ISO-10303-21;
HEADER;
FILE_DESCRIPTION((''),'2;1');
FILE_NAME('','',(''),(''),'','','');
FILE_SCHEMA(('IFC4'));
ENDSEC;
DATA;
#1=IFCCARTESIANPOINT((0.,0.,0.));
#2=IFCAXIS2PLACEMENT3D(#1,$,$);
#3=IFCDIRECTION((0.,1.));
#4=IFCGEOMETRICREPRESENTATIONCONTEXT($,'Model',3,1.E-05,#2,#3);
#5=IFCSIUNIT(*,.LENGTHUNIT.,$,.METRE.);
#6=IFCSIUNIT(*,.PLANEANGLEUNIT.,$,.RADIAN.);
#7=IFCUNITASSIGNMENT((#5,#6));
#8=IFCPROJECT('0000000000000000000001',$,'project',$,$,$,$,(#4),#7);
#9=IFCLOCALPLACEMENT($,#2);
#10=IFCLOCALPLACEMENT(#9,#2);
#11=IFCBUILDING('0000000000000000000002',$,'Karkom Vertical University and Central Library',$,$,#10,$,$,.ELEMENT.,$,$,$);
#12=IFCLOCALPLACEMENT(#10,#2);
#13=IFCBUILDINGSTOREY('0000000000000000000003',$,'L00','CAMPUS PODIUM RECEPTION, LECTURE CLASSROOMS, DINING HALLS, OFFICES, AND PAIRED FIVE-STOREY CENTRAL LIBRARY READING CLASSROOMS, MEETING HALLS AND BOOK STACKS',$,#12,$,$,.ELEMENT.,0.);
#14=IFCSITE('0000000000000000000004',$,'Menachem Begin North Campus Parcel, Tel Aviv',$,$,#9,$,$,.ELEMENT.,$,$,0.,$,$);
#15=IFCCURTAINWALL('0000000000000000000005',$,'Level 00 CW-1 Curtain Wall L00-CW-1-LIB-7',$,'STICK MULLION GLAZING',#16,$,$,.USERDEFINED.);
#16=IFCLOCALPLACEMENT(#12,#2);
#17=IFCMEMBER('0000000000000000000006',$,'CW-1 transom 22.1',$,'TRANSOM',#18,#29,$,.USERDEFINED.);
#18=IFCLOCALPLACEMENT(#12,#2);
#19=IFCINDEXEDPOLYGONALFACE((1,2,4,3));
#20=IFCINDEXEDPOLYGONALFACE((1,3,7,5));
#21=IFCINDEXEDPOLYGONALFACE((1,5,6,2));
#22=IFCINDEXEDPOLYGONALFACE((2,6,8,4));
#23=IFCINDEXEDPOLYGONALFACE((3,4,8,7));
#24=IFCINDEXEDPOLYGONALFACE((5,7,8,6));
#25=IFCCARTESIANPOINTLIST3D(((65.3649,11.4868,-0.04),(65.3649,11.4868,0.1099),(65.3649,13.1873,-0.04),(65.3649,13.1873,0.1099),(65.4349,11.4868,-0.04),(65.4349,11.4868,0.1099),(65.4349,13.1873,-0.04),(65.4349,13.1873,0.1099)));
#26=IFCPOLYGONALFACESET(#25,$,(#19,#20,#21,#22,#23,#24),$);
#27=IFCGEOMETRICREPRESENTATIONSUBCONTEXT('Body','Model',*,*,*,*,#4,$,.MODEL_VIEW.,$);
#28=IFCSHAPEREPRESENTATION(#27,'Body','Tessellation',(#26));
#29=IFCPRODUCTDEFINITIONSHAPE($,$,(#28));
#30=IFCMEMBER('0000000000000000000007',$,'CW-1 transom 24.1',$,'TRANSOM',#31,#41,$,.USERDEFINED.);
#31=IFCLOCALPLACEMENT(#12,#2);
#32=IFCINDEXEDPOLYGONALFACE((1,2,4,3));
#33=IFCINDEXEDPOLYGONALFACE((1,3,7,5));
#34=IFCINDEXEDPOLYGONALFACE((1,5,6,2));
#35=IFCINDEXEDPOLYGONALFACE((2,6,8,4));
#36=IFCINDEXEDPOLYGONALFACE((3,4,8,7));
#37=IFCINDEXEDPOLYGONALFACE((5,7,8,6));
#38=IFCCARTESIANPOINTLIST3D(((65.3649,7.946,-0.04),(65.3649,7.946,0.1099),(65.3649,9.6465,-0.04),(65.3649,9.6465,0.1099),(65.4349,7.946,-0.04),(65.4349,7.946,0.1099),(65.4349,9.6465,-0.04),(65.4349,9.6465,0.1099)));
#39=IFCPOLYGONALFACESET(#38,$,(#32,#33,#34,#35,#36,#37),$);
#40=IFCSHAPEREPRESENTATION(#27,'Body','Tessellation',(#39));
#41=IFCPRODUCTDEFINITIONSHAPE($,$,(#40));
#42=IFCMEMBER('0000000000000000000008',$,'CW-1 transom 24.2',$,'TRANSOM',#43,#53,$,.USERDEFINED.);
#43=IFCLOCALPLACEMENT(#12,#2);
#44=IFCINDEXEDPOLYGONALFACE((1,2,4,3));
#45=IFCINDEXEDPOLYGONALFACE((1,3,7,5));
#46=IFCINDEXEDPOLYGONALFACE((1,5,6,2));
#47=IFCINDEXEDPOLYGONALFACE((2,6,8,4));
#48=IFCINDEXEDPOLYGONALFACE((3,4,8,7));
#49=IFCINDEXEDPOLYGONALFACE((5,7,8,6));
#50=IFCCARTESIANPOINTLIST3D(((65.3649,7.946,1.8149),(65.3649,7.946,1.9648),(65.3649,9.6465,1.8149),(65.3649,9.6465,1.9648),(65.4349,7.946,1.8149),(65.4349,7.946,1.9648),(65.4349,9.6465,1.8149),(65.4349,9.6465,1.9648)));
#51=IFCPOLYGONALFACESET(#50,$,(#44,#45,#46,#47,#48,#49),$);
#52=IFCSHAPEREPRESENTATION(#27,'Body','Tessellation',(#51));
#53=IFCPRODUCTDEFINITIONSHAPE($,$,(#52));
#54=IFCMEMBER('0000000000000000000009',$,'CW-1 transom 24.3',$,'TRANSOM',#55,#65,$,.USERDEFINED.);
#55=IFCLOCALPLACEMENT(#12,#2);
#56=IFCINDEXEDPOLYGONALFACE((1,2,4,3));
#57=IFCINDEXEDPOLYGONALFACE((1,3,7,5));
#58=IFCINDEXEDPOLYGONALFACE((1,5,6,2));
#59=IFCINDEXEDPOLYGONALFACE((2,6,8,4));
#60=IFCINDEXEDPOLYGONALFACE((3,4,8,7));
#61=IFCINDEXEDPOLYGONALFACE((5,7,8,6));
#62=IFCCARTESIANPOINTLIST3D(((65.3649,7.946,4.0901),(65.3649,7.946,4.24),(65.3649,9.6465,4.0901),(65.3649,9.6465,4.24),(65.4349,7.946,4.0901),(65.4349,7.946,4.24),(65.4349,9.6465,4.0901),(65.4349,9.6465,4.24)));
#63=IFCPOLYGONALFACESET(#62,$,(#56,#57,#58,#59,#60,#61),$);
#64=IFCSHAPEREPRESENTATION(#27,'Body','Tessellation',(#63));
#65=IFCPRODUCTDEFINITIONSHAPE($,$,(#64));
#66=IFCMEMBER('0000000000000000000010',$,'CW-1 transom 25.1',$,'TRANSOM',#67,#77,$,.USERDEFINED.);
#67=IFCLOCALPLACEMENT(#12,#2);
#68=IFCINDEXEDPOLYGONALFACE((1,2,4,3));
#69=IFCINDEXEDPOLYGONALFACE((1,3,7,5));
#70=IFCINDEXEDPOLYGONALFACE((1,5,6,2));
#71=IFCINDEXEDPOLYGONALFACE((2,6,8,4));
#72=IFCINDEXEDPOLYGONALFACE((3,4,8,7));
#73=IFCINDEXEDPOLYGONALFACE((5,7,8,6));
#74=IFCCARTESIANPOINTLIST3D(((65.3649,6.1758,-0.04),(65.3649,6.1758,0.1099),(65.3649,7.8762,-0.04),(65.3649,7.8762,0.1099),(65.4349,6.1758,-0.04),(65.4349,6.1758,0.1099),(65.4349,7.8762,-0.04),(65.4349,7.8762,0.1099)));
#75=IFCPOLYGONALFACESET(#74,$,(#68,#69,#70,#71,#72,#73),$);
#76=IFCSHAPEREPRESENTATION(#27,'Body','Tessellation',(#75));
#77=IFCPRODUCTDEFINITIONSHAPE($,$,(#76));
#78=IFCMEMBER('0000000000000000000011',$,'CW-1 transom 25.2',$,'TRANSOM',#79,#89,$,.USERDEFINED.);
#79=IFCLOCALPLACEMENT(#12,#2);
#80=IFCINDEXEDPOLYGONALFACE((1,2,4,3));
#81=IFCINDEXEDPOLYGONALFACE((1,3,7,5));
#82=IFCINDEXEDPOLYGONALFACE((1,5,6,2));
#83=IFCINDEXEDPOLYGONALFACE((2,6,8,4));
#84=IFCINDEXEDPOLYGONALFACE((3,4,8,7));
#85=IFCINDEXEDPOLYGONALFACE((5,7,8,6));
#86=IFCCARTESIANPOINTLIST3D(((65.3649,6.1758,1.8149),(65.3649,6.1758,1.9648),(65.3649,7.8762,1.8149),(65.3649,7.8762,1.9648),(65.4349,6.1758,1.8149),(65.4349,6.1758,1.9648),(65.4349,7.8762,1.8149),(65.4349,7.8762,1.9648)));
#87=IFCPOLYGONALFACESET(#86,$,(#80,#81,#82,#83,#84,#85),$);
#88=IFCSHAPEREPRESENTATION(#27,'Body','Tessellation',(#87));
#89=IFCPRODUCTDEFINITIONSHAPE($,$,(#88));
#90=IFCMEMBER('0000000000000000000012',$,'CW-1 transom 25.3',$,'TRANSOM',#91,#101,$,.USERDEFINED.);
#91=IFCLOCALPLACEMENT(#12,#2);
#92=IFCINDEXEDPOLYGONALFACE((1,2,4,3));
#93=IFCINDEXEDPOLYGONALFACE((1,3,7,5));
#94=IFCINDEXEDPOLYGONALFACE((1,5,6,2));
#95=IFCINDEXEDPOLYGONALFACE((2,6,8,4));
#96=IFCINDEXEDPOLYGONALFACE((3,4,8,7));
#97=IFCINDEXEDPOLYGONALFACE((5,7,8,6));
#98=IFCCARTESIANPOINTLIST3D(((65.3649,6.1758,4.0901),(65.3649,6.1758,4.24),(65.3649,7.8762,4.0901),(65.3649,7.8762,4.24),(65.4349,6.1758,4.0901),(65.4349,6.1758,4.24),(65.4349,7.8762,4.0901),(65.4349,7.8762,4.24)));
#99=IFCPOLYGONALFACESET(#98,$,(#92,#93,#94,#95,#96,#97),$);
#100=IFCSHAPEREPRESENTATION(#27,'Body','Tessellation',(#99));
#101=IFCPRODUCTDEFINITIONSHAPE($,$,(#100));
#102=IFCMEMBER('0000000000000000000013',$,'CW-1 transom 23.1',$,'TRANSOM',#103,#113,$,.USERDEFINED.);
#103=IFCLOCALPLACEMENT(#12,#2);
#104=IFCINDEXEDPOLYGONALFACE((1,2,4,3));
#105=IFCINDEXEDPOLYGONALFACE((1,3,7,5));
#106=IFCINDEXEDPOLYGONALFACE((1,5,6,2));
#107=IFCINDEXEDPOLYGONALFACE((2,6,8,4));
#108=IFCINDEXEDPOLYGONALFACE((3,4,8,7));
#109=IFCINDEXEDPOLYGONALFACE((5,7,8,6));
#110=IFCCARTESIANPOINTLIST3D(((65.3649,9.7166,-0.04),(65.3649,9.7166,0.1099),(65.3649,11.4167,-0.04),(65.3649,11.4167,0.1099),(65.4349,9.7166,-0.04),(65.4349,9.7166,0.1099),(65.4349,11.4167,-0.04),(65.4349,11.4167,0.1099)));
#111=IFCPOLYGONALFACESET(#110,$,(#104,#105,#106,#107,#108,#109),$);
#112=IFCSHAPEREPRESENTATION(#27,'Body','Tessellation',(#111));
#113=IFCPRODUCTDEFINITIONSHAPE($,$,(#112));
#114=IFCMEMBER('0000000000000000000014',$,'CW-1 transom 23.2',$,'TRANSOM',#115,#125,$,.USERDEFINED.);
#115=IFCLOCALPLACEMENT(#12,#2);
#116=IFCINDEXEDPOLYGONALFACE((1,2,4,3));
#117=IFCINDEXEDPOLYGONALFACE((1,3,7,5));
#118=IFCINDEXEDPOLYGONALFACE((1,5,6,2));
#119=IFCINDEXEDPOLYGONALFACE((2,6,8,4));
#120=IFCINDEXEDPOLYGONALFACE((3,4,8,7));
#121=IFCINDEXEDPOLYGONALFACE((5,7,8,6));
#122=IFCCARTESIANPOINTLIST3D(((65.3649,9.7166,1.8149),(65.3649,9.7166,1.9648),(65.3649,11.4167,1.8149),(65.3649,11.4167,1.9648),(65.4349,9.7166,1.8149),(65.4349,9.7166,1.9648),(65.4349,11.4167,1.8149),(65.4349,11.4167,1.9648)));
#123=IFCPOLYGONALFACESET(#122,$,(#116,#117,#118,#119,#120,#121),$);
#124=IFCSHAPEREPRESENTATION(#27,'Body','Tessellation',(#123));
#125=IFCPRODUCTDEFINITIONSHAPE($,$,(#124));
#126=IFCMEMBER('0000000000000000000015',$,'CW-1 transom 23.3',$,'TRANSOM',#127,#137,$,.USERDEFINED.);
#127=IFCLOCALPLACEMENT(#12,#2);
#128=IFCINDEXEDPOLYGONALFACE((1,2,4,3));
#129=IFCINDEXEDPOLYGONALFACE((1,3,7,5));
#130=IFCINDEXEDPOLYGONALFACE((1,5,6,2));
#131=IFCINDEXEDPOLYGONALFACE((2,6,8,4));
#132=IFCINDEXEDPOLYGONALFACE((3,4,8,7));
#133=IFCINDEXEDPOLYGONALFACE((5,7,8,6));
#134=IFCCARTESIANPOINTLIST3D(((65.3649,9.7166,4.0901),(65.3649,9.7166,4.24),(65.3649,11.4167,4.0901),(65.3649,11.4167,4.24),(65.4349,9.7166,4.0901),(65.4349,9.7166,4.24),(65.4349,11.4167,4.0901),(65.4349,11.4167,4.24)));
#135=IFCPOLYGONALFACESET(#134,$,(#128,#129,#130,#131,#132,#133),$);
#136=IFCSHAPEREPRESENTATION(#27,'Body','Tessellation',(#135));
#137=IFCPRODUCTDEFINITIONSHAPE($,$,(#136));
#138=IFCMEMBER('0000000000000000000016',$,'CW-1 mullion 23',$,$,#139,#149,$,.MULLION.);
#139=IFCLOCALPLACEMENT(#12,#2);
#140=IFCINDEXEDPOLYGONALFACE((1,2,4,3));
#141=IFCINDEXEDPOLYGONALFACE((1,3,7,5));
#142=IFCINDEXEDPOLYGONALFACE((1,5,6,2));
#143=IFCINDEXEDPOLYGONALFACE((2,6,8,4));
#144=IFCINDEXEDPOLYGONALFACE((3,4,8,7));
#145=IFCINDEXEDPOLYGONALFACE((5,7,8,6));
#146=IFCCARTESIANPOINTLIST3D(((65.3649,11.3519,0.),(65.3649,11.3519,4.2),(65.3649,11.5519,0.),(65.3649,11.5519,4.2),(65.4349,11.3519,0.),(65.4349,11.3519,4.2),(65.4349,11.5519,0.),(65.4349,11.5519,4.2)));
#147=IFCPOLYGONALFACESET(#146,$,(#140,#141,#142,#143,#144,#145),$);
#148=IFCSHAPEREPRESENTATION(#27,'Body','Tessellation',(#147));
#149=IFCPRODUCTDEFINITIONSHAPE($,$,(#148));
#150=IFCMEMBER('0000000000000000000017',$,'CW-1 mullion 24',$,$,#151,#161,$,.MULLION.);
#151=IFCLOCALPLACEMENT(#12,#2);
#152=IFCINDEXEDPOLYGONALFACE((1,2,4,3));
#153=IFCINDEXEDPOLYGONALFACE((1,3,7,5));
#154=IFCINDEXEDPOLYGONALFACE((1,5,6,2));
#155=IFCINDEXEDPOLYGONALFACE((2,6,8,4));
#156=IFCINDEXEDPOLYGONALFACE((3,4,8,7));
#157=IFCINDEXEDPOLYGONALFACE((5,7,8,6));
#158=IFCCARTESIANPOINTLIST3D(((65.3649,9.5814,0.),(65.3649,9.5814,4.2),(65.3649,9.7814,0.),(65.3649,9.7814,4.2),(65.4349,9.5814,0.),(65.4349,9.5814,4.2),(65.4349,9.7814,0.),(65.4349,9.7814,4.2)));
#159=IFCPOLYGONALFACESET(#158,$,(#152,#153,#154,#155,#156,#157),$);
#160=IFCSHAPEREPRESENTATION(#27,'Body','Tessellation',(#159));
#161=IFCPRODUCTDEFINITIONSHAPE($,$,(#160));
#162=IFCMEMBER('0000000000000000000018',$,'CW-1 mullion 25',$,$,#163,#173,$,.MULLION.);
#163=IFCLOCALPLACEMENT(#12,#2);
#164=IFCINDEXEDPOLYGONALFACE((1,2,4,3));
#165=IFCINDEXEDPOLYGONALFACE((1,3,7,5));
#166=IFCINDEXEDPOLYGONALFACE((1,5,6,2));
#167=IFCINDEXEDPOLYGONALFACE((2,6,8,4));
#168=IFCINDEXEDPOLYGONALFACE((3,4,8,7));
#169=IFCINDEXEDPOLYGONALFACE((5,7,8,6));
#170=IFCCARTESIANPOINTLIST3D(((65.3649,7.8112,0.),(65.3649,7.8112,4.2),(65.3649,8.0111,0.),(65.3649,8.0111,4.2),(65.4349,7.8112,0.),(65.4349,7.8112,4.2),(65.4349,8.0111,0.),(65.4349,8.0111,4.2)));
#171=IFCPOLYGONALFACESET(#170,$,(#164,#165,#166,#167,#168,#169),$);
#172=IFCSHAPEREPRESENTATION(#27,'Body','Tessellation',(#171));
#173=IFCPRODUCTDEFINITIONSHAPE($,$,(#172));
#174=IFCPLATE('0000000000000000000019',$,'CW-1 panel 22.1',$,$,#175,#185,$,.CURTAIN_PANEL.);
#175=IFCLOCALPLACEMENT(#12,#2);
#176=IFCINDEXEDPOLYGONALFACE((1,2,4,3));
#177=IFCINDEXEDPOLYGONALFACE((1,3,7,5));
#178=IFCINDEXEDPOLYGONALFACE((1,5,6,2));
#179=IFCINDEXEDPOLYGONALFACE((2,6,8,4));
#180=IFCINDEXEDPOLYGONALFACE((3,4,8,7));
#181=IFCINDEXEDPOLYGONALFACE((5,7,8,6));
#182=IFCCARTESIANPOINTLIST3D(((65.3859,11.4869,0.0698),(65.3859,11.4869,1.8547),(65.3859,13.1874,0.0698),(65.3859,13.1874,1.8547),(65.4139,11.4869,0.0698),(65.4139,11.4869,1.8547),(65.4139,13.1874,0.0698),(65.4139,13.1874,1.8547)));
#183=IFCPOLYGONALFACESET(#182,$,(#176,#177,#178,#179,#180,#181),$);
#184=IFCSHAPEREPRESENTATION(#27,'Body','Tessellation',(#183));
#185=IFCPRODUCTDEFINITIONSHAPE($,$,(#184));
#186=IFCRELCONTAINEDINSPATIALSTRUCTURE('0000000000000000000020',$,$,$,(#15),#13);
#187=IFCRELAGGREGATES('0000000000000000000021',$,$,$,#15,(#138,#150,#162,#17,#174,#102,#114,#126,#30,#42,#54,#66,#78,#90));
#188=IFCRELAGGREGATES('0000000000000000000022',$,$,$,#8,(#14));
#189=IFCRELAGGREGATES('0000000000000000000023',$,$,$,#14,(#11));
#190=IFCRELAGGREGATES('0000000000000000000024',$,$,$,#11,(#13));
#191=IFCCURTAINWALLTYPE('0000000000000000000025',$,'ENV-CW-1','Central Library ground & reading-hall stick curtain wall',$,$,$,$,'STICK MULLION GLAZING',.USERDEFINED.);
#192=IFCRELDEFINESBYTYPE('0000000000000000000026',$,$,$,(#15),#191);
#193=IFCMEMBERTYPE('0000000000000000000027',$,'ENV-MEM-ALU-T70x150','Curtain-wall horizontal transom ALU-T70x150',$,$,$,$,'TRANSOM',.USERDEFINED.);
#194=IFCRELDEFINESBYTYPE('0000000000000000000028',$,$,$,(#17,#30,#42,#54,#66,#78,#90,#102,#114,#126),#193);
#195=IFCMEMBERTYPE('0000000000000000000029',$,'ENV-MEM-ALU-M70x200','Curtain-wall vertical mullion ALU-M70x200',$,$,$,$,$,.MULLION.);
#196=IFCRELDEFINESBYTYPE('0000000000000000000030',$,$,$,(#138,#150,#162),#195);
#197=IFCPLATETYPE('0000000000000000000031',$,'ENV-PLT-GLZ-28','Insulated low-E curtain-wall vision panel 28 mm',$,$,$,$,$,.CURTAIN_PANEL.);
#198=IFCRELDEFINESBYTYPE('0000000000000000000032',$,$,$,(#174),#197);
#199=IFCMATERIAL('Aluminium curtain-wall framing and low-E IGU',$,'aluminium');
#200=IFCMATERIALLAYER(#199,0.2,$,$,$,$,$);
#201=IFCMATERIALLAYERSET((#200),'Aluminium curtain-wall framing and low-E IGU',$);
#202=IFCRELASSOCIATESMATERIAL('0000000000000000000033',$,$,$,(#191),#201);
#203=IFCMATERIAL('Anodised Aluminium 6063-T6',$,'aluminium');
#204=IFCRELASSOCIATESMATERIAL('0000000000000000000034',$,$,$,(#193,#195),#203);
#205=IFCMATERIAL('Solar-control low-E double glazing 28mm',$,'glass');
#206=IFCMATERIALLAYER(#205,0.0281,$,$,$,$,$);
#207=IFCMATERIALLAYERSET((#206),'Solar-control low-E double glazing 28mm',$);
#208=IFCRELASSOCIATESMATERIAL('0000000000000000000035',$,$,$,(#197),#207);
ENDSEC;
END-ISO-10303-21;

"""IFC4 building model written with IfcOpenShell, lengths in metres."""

from ifc_helpers import new_model, si_unit, direction, frame, origin, origin_with_axes, origin_2d, place, context, subcontext, project, spatial, rectangle, extrude, source, transform, mapped, material, layer, layer_set, material_profile, profile_set, type_object, element, aggregate, save


model = new_model("IFC4")

# Units and contexts
model_context = context("Model", 3, precision=1e-05, world=origin(), true_north=direction((0.0, 1.0)))
body_context = subcontext(model_context, "Body", "Model", "MODEL_VIEW")
ifc_project = project(units=[si_unit("LENGTHUNIT", "METRE"), si_unit("PLANEANGLEUNIT", "RADIAN")], contexts=[model_context])

# Site, building, storey
site_placement = place(None, origin())
site = spatial("IfcSite", under=ifc_project, at=site_placement, Name="Menachem Begin North Campus Parcel, Tel Aviv", CompositionType="ELEMENT", RefElevation=0.0)
building_placement = place(site_placement, origin())
building = spatial("IfcBuilding", under=site, at=building_placement, Name="Karkom Vertical University and Central Library", CompositionType="ELEMENT")
storey_placement = place(building_placement, origin())
storey = spatial("IfcBuildingStorey", under=building, at=storey_placement, Name="L00", Description="CAMPUS PODIUM RECEPTION, LECTURE CLASSROOMS, DINING HALLS, OFFICES, AND PAIRED FIVE-STOREY CENTRAL LIBRARY READING CLASSROOMS, MEETING HALLS AND BOOK STACKS", CompositionType="ELEMENT", Elevation=0.0)

# Curtain wall, members, plate
ifc_material_1 = material(Name="Aluminium curtain-wall framing and low-E IGU", Category="aluminium")
ifc_layer_1 = layer(ifc_material_1, 0.2)
ifc_layer_set_1 = layer_set([ifc_layer_1], Name="Aluminium curtain-wall framing and low-E IGU")
curtain_wall_type = type_object("IfcCurtainWallType", Name="ENV-CW-1", Description="Central Library ground & reading-hall stick curtain wall", ElementType="STICK MULLION GLAZING", PredefinedType="USERDEFINED", material=ifc_layer_set_1)
curtain_wall_placement = place(storey_placement, origin())
curtain_wall = element("IfcCurtainWall", 1, at=curtain_wall_placement, inside=storey, type_object=curtain_wall_type, Name="Level 00 CW-1 Curtain Wall L00-CW-1-LIB-7", ObjectType="STICK MULLION GLAZING", PredefinedType="USERDEFINED")
ifc_material_2 = material(Name="Anodised Aluminium 6063-T6", Category="aluminium")
ifc_material_profile_1 = material_profile(ifc_material_2, rectangle(XDim=0.0701, YDim=0.1499, at=origin_2d()), Name="ALU-T70x150")
ifc_profile_set_1 = profile_set([ifc_material_profile_1], Name="Anodised Aluminium 6063-T6")
member_type_1 = type_object("IfcMemberType", Name="ENV-MEM-ALU-T70x150", Description="Curtain-wall horizontal transom ALU-T70x150", ElementType="TRANSOM", PredefinedType="USERDEFINED", material=ifc_profile_set_1)
shared_shape_1 = source(origin_with_axes(), body_context, "Body", "SweptSolid", [
    extrude(rectangle(XDim=0.0701, YDim=0.1499, at=origin_2d()), origin(), (0.0, 0.0, 1.0), 1.7004),
])
member_1_placement = place(storey_placement, frame((65.3999, 13.1873, 0.0349), z_axis=(0.0, -1.0, 0.0), x_axis=(1.0, 0.0, 0.0)))
member_1 = element("IfcMember", 2, at=member_1_placement, type_object=member_type_1, Name="CW-1 transom 22.1", ObjectType="TRANSOM", PredefinedType="USERDEFINED", context=body_context, shape_type="MappedRepresentation", body=[
    mapped(shared_shape_1, transform((0.0, 0.0, 0.0), scale=1.0)),
])
member_2_placement = place(storey_placement, frame((65.3999, 9.6465, 0.0349), z_axis=(0.0, -1.0, 0.0), x_axis=(1.0, 0.0, 0.0)))
member_2 = element("IfcMember", 3, at=member_2_placement, type_object=member_type_1, Name="CW-1 transom 24.1", ObjectType="TRANSOM", PredefinedType="USERDEFINED", context=body_context, shape_type="MappedRepresentation", body=[
    mapped(shared_shape_1, transform((0.0, 0.0, 0.0), scale=1.0)),
])
member_3_placement = place(storey_placement, frame((65.3999, 9.6465, 1.8899), z_axis=(0.0, -1.0, 0.0), x_axis=(1.0, 0.0, 0.0)))
member_3 = element("IfcMember", 4, at=member_3_placement, type_object=member_type_1, Name="CW-1 transom 24.2", ObjectType="TRANSOM", PredefinedType="USERDEFINED", context=body_context, shape_type="MappedRepresentation", body=[
    mapped(shared_shape_1, transform((0.0, 0.0, 0.0), scale=1.0)),
])
member_4_placement = place(storey_placement, frame((65.3999, 9.6465, 4.165), z_axis=(0.0, -1.0, 0.0), x_axis=(1.0, 0.0, 0.0)))
member_4 = element("IfcMember", 5, at=member_4_placement, type_object=member_type_1, Name="CW-1 transom 24.3", ObjectType="TRANSOM", PredefinedType="USERDEFINED", context=body_context, shape_type="MappedRepresentation", body=[
    mapped(shared_shape_1, transform((0.0, 0.0, 0.0), scale=1.0)),
])
member_5_placement = place(storey_placement, frame((65.3999, 7.8762, 0.0349), z_axis=(0.0, -1.0, 0.0), x_axis=(1.0, 0.0, 0.0)))
member_5 = element("IfcMember", 6, at=member_5_placement, type_object=member_type_1, Name="CW-1 transom 25.1", ObjectType="TRANSOM", PredefinedType="USERDEFINED", context=body_context, shape_type="MappedRepresentation", body=[
    mapped(shared_shape_1, transform((0.0, 0.0, 0.0), scale=1.0)),
])
member_6_placement = place(storey_placement, frame((65.3999, 7.8762, 1.8899), z_axis=(0.0, -1.0, 0.0), x_axis=(1.0, 0.0, 0.0)))
member_6 = element("IfcMember", 7, at=member_6_placement, type_object=member_type_1, Name="CW-1 transom 25.2", ObjectType="TRANSOM", PredefinedType="USERDEFINED", context=body_context, shape_type="MappedRepresentation", body=[
    mapped(shared_shape_1, transform((0.0, 0.0, 0.0), scale=1.0)),
])
member_7_placement = place(storey_placement, frame((65.3999, 7.8762, 4.165), z_axis=(0.0, -1.0, 0.0), x_axis=(1.0, 0.0, 0.0)))
member_7 = element("IfcMember", 8, at=member_7_placement, type_object=member_type_1, Name="CW-1 transom 25.3", ObjectType="TRANSOM", PredefinedType="USERDEFINED", context=body_context, shape_type="MappedRepresentation", body=[
    mapped(shared_shape_1, transform((0.0, 0.0, 0.0), scale=1.0)),
])
shared_shape_2 = source(origin_with_axes(), body_context, "Body", "SweptSolid", [
    extrude(rectangle(XDim=0.0701, YDim=0.1499, at=origin_2d()), origin(), (0.0, 0.0, 1.0), 1.7002),
])
member_8_placement = place(storey_placement, frame((65.3999, 11.4167, 0.0349), z_axis=(0.0, -1.0, 0.0), x_axis=(1.0, 0.0, 0.0)))
member_8 = element("IfcMember", 9, at=member_8_placement, type_object=member_type_1, Name="CW-1 transom 23.1", ObjectType="TRANSOM", PredefinedType="USERDEFINED", context=body_context, shape_type="MappedRepresentation", body=[
    mapped(shared_shape_2, transform((0.0, 0.0, 0.0), scale=1.0)),
])
member_9_placement = place(storey_placement, frame((65.3999, 11.4167, 1.8899), z_axis=(0.0, -1.0, 0.0), x_axis=(1.0, 0.0, 0.0)))
member_9 = element("IfcMember", 10, at=member_9_placement, type_object=member_type_1, Name="CW-1 transom 23.2", ObjectType="TRANSOM", PredefinedType="USERDEFINED", context=body_context, shape_type="MappedRepresentation", body=[
    mapped(shared_shape_2, transform((0.0, 0.0, 0.0), scale=1.0)),
])
member_10_placement = place(storey_placement, frame((65.3999, 11.4167, 4.165), z_axis=(0.0, -1.0, 0.0), x_axis=(1.0, 0.0, 0.0)))
member_10 = element("IfcMember", 11, at=member_10_placement, type_object=member_type_1, Name="CW-1 transom 23.3", ObjectType="TRANSOM", PredefinedType="USERDEFINED", context=body_context, shape_type="MappedRepresentation", body=[
    mapped(shared_shape_2, transform((0.0, 0.0, 0.0), scale=1.0)),
])
ifc_material_profile_2 = material_profile(ifc_material_2, rectangle(XDim=0.0701, YDim=0.2, at=origin_2d()), Name="ALU-M70x200")
ifc_profile_set_2 = profile_set([ifc_material_profile_2], Name="Anodised Aluminium 6063-T6")
member_type_2 = type_object("IfcMemberType", Name="ENV-MEM-ALU-M70x200", Description="Curtain-wall vertical mullion ALU-M70x200", PredefinedType="MULLION", material=ifc_profile_set_2)
shared_shape_3 = source(origin_with_axes(), body_context, "Body", "SweptSolid", [
    extrude(rectangle(XDim=0.0701, YDim=0.2, at=origin_2d()), origin(), (0.0, 0.0, 1.0), 4.2),
])
member_11_placement = place(storey_placement, frame((65.3999, 11.4519, 0.0), z_axis=(0.0, 0.0, 1.0), x_axis=(1.0, 0.0, 0.0)))
member_11 = element("IfcMember", 12, at=member_11_placement, type_object=member_type_2, Name="CW-1 mullion 23", PredefinedType="MULLION", context=body_context, shape_type="MappedRepresentation", body=[
    mapped(shared_shape_3, transform((0.0, 0.0, 0.0), scale=1.0)),
])
member_12_placement = place(storey_placement, frame((65.3999, 9.6814, 0.0), z_axis=(0.0, 0.0, 1.0), x_axis=(1.0, 0.0, 0.0)))
member_12 = element("IfcMember", 13, at=member_12_placement, type_object=member_type_2, Name="CW-1 mullion 24", PredefinedType="MULLION", context=body_context, shape_type="MappedRepresentation", body=[
    mapped(shared_shape_3, transform((0.0, 0.0, 0.0), scale=1.0)),
])
member_13_placement = place(storey_placement, frame((65.3999, 7.9111, 0.0), z_axis=(0.0, 0.0, 1.0), x_axis=(1.0, 0.0, 0.0)))
member_13 = element("IfcMember", 14, at=member_13_placement, type_object=member_type_2, Name="CW-1 mullion 25", PredefinedType="MULLION", context=body_context, shape_type="MappedRepresentation", body=[
    mapped(shared_shape_3, transform((0.0, 0.0, 0.0), scale=1.0)),
])
ifc_material_3 = material(Name="Solar-control low-E double glazing 28mm", Category="glass")
ifc_layer_2 = layer(ifc_material_3, 0.0281)
ifc_layer_set_2 = layer_set([ifc_layer_2], Name="Solar-control low-E double glazing 28mm")
plate_type = type_object("IfcPlateType", Name="ENV-PLT-GLZ-28", Description="Insulated low-E curtain-wall vision panel 28 mm", PredefinedType="CURTAIN_PANEL", material=ifc_layer_set_2)
shared_shape_4 = source(origin_with_axes(), body_context, "Body", "SweptSolid", [
    extrude(rectangle(XDim=1.7004, YDim=0.0281, at=origin_2d()), origin(), (0.0, 0.0, 1.0), 1.7849),
])
plate_1_placement = place(storey_placement, frame((65.3999, 12.3372, 0.0698), z_axis=(0.0, 0.0, 1.0), x_axis=(0.0, -1.0, 0.0)))
plate_1 = element("IfcPlate", 15, at=plate_1_placement, type_object=plate_type, Name="CW-1 panel 22.1", PredefinedType="CURTAIN_PANEL", context=body_context, shape_type="MappedRepresentation", body=[
    mapped(shared_shape_4, transform((0.0, 0.0, 0.0), scale=1.0)),
])
aggregate(curtain_wall, [member_11, member_12, member_13, member_1, plate_1, member_8, member_9, member_10, member_2, member_3, member_4, member_5, member_6, member_7])

save(model, "model.ifc")
